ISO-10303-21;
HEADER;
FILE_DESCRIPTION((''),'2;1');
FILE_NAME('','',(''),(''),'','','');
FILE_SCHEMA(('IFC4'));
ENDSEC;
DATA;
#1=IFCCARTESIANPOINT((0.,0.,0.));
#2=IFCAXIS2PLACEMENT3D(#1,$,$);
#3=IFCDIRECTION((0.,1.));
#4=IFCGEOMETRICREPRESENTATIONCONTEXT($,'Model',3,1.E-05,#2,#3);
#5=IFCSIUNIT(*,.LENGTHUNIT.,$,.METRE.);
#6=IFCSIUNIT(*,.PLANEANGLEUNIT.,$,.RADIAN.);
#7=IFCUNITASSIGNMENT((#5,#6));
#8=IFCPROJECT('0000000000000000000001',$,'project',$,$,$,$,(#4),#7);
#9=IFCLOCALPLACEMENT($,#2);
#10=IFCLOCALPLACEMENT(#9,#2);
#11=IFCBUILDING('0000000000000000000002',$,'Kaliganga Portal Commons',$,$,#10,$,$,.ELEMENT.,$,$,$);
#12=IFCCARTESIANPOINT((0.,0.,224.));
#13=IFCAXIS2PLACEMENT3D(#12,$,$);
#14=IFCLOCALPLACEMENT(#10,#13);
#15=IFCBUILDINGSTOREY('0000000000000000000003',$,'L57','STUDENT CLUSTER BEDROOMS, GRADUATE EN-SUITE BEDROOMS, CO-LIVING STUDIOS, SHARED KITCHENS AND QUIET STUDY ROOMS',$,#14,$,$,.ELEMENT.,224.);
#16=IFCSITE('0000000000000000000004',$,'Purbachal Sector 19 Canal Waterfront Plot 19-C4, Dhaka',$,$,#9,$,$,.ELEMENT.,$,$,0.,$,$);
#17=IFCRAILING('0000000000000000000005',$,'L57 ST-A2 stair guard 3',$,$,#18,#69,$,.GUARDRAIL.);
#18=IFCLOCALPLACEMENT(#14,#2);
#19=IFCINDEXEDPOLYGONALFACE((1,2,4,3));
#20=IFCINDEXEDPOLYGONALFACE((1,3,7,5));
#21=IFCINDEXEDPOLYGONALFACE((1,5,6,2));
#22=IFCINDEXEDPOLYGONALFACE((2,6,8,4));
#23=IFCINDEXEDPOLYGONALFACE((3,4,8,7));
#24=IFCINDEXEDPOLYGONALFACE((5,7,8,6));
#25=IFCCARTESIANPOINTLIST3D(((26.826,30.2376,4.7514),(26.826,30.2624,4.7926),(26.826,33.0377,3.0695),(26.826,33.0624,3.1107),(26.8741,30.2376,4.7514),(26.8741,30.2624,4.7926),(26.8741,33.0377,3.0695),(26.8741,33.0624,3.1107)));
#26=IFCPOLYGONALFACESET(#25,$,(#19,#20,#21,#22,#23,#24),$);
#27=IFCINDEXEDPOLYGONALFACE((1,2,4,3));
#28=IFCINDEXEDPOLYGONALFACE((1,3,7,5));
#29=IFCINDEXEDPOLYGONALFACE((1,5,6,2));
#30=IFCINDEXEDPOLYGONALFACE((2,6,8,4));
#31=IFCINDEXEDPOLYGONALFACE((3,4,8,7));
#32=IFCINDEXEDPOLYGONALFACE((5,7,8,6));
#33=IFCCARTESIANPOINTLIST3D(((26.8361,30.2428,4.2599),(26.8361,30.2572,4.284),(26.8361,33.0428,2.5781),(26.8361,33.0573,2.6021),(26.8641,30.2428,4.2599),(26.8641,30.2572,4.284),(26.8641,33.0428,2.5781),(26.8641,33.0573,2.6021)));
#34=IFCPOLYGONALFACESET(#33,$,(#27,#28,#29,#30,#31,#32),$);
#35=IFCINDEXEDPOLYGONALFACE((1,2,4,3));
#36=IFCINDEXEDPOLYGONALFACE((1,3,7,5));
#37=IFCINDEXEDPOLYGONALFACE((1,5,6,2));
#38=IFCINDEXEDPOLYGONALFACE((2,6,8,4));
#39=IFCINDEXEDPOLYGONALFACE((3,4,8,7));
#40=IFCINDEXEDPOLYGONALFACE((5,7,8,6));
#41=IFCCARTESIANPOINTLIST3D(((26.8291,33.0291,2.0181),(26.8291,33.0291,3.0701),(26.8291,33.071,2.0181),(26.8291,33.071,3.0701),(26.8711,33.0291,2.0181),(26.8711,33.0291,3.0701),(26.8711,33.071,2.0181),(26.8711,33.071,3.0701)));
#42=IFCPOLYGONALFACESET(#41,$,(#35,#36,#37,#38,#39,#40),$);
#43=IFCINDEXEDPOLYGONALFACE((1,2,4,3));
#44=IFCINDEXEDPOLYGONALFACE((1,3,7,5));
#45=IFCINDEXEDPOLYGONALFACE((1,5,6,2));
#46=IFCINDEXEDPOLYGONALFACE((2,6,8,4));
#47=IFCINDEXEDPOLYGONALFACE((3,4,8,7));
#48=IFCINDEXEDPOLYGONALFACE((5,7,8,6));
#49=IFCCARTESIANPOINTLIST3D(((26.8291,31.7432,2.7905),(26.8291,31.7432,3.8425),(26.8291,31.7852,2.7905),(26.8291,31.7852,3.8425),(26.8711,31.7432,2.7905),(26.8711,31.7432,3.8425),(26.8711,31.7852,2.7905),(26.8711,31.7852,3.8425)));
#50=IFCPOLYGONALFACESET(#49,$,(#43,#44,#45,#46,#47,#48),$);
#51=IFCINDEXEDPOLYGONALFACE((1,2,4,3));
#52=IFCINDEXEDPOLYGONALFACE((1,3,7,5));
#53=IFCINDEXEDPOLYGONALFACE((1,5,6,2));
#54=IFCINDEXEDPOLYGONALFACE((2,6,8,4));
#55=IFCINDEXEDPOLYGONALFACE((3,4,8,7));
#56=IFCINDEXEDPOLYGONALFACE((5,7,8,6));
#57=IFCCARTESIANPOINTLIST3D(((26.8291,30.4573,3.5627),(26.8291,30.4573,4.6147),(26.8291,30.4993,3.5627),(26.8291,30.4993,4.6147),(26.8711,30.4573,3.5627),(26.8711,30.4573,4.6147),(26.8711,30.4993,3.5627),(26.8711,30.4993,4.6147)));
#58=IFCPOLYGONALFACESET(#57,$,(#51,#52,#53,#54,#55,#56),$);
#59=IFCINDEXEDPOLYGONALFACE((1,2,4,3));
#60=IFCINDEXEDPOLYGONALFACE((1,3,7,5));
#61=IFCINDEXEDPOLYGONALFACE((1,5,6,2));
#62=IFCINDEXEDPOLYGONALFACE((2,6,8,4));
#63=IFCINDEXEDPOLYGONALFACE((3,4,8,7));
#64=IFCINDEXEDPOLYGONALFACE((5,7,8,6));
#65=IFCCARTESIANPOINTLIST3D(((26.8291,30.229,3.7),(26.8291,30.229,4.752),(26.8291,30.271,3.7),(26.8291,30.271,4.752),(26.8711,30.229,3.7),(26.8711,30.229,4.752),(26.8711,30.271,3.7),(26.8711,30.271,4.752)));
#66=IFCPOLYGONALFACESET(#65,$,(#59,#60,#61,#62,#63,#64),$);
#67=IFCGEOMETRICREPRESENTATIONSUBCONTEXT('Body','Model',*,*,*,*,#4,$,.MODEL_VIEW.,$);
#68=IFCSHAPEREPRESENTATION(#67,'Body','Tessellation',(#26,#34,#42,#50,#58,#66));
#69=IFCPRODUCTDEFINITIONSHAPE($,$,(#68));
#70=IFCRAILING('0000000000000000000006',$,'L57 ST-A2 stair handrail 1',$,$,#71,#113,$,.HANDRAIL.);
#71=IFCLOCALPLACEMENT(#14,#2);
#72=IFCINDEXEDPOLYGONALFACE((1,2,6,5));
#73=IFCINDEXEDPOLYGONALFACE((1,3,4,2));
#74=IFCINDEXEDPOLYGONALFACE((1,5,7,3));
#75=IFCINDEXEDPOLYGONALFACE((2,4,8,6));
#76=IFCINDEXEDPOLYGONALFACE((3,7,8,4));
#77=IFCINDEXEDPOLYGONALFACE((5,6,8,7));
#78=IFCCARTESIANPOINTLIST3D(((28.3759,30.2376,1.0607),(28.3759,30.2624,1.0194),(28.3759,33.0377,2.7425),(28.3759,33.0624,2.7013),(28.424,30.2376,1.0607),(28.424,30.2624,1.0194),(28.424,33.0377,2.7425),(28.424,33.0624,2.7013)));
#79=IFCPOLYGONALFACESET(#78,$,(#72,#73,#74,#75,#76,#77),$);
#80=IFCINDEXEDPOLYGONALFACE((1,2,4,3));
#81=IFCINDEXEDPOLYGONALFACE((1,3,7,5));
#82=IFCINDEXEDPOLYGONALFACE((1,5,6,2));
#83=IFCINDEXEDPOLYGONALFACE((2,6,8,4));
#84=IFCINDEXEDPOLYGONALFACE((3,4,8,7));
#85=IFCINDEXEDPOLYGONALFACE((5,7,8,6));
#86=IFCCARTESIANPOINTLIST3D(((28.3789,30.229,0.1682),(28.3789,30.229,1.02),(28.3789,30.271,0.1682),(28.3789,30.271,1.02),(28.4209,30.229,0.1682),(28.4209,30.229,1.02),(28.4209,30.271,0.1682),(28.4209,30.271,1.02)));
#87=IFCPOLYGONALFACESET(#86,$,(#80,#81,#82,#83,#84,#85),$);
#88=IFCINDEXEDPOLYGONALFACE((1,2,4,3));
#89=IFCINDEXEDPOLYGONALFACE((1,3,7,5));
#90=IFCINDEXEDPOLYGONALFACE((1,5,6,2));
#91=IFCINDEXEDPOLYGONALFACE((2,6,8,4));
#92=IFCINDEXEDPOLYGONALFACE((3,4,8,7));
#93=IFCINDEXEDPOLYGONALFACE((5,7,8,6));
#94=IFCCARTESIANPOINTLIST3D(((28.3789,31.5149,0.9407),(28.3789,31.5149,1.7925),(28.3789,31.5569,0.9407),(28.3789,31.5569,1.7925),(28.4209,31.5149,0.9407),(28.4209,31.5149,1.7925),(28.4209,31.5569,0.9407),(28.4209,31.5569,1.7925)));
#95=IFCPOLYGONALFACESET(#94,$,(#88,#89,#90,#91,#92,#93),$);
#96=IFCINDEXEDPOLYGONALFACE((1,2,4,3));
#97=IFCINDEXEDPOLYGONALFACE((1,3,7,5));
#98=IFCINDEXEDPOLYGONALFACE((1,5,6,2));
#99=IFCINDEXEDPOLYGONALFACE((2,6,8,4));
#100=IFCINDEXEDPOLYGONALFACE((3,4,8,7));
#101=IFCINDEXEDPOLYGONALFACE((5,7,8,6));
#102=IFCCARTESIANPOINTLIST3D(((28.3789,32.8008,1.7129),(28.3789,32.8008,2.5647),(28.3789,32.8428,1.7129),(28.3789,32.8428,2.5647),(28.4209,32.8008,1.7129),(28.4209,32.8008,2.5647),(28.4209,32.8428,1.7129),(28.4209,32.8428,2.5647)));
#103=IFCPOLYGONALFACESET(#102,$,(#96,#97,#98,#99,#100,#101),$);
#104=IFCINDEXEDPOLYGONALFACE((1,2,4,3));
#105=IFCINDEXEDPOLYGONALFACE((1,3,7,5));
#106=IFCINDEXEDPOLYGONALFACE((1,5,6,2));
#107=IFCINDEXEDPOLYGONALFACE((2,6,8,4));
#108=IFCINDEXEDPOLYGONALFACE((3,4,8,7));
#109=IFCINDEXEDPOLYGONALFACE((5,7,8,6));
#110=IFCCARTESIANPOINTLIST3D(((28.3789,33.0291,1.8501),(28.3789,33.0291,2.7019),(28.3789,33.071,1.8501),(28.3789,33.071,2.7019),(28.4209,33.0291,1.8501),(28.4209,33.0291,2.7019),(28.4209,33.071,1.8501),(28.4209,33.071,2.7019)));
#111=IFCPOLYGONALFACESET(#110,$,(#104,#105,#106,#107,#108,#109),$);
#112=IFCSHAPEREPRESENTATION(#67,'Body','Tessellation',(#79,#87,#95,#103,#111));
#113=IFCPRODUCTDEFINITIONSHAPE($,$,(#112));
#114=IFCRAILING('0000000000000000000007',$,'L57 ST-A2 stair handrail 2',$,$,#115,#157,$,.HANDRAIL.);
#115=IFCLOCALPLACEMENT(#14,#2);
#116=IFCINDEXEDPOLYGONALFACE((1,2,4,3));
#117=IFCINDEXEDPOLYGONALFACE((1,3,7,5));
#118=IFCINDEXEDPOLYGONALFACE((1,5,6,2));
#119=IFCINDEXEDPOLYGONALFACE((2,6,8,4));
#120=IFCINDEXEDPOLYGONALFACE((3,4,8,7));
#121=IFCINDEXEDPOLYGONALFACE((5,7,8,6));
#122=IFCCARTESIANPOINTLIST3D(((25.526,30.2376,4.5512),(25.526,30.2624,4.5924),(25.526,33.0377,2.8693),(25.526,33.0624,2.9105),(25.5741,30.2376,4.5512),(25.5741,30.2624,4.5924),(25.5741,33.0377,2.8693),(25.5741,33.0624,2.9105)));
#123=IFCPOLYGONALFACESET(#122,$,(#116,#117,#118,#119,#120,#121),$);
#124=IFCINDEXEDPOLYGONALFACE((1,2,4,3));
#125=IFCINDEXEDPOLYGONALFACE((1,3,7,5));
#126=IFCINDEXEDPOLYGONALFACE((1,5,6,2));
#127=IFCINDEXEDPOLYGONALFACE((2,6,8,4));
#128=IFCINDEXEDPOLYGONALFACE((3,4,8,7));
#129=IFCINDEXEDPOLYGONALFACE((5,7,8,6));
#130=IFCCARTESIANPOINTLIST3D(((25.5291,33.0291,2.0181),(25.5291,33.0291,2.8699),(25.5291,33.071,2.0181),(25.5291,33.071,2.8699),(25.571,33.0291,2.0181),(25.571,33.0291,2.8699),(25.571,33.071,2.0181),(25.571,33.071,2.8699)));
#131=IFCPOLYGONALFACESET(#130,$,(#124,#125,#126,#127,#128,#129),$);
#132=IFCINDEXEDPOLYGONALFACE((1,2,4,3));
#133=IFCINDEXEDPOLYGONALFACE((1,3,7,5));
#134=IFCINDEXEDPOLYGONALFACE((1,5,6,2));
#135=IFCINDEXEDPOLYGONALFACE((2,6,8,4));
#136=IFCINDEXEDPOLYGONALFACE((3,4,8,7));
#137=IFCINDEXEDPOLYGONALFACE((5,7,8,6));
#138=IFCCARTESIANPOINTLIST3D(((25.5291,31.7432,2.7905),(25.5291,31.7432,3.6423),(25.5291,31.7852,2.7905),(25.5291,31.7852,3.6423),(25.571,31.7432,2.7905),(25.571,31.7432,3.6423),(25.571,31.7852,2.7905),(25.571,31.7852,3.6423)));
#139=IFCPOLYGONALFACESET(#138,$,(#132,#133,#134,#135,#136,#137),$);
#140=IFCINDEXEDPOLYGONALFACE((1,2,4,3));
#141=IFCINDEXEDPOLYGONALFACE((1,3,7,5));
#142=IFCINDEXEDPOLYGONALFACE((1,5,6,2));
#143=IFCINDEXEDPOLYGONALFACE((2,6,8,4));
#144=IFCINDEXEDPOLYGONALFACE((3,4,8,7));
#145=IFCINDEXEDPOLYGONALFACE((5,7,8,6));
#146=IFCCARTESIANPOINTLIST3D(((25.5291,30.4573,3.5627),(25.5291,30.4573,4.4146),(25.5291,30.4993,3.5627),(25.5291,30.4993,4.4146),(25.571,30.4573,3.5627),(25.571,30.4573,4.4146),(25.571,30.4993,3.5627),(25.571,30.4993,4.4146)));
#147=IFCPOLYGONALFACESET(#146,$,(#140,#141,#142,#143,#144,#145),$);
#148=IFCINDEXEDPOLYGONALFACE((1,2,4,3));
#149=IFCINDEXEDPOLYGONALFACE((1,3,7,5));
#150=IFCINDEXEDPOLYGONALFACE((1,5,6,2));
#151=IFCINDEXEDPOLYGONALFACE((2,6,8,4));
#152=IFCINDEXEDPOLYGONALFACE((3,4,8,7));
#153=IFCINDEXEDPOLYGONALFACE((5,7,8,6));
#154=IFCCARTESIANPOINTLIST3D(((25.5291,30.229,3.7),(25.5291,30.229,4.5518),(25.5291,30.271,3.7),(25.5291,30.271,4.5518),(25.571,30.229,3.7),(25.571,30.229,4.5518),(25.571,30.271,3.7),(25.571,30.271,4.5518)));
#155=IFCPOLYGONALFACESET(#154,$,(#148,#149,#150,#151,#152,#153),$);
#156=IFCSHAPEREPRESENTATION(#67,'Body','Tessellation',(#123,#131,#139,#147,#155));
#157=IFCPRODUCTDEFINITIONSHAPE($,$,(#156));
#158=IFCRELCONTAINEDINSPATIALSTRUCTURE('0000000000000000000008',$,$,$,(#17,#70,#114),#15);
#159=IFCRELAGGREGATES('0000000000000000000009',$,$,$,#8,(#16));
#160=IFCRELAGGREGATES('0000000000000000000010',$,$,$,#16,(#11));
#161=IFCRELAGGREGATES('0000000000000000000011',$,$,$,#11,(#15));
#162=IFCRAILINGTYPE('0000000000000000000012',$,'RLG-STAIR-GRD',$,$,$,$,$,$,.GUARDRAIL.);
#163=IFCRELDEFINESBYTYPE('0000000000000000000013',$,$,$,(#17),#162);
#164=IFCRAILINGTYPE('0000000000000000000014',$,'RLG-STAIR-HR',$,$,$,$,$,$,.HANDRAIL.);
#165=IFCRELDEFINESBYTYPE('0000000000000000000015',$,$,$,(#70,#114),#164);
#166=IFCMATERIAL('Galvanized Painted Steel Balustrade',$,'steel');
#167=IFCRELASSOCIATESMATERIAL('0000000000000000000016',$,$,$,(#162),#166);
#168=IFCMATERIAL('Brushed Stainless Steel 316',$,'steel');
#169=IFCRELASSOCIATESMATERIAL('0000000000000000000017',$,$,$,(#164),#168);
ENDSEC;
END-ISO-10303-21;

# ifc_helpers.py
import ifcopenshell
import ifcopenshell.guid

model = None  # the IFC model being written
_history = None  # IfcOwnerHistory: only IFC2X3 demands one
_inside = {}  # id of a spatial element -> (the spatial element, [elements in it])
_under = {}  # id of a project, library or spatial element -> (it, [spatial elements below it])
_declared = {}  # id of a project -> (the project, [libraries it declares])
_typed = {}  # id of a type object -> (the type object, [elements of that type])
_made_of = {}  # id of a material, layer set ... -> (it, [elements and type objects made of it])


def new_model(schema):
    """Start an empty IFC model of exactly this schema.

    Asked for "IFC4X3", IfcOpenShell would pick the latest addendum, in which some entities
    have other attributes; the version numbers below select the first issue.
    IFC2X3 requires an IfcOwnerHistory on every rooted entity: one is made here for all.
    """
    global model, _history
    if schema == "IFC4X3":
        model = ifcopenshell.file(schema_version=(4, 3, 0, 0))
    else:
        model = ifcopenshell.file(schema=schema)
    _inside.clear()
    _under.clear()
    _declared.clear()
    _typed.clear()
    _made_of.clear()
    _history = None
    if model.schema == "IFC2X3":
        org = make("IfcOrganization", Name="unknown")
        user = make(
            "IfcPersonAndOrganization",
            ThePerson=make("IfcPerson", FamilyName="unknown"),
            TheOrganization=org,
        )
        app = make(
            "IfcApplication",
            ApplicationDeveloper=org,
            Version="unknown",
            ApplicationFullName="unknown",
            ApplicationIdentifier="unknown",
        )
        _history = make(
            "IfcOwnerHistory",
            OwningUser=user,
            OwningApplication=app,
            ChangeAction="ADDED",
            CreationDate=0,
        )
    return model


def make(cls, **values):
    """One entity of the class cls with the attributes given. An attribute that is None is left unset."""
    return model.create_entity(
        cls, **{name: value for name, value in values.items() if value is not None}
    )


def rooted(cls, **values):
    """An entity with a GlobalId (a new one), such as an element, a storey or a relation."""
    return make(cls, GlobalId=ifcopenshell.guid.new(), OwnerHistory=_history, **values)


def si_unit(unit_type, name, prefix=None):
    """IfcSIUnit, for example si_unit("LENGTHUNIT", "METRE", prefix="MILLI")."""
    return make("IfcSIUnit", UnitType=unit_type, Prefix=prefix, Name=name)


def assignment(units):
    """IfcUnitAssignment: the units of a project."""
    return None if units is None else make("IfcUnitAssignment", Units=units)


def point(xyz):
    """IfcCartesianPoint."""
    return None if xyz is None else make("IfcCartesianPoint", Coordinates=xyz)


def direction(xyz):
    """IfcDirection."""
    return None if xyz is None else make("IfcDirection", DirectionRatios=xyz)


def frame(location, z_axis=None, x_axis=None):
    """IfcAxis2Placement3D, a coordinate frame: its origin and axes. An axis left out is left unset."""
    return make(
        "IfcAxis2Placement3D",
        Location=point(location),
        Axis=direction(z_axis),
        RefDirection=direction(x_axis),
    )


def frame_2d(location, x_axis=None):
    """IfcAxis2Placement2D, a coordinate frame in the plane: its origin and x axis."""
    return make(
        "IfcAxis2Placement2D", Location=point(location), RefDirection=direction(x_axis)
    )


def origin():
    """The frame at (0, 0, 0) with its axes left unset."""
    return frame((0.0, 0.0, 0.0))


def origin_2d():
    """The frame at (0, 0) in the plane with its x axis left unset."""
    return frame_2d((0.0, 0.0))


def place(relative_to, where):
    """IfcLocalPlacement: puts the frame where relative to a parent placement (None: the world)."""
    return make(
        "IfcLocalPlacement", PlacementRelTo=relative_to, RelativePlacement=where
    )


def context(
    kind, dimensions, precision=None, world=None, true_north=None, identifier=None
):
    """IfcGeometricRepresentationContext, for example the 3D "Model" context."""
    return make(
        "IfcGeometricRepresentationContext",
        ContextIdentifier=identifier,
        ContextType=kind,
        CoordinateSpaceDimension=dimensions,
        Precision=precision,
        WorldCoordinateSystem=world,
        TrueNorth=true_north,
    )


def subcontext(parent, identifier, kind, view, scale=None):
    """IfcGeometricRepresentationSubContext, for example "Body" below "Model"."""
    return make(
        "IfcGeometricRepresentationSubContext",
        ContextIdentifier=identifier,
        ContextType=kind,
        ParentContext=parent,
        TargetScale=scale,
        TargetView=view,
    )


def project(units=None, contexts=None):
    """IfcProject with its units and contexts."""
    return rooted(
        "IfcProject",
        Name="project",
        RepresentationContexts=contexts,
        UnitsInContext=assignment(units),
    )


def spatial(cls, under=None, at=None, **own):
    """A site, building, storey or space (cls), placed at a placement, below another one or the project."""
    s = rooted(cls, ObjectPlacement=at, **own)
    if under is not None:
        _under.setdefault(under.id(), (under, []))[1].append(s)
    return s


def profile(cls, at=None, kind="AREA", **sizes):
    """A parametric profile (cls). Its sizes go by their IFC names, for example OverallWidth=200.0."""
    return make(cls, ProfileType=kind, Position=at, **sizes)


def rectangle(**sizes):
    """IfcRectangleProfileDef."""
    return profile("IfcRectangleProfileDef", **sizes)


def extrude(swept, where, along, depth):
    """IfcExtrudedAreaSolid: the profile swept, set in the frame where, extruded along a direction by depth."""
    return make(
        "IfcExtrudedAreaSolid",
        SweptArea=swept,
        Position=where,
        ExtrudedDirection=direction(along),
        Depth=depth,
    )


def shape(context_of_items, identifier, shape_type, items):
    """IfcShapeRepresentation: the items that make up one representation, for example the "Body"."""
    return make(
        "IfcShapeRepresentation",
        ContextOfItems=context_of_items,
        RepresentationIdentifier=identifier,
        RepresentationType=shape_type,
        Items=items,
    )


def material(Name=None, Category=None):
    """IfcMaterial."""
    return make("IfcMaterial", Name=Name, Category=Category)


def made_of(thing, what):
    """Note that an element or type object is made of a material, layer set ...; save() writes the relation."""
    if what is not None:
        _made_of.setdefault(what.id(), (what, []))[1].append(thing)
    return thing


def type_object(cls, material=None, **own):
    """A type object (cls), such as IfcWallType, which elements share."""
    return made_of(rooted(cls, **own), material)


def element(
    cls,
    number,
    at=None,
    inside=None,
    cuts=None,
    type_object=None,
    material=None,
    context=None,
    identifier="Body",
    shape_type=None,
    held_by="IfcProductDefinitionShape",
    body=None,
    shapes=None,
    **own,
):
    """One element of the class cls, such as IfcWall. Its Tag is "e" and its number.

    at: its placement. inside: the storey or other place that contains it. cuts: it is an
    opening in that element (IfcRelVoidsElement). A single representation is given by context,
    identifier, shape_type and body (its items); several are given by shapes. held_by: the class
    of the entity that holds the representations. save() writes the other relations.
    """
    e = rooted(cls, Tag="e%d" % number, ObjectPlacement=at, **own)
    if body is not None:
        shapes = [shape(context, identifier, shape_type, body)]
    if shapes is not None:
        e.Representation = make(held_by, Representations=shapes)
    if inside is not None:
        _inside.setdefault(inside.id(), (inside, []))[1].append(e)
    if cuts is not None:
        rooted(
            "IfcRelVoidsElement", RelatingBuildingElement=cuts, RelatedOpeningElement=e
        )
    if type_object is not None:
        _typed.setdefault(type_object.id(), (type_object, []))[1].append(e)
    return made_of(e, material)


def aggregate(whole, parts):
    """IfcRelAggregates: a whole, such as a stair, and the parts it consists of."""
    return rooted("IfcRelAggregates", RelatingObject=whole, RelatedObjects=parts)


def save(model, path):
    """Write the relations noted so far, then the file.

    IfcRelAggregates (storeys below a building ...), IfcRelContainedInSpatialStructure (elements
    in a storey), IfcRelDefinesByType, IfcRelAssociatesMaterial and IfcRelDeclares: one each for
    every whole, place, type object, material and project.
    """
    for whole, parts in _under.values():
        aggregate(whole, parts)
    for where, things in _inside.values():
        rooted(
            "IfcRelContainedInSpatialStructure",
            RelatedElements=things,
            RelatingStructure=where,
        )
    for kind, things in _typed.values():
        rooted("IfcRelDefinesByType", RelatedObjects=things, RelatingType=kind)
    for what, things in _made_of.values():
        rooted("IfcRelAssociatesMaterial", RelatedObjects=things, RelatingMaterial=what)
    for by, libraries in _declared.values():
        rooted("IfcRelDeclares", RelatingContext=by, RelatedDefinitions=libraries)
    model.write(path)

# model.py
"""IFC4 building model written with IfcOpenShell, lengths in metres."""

from ifc_helpers import new_model, si_unit, direction, frame, origin, origin_2d, place, context, subcontext, project, spatial, rectangle, extrude, material, type_object, element, save


model = new_model("IFC4")

# Units and contexts
model_context = context("Model", 3, precision=1e-05, world=origin(), true_north=direction((0.0, 1.0)))
body_context = subcontext(model_context, "Body", "Model", "MODEL_VIEW")
ifc_project = project(units=[si_unit("LENGTHUNIT", "METRE"), si_unit("PLANEANGLEUNIT", "RADIAN")], contexts=[model_context])

# Site, building, storey
site_placement = place(None, origin())
site = spatial("IfcSite", under=ifc_project, at=site_placement, Name="Purbachal Sector 19 Canal Waterfront Plot 19-C4, Dhaka", CompositionType="ELEMENT", RefElevation=0.0)
building_placement = place(site_placement, origin())
building = spatial("IfcBuilding", under=site, at=building_placement, Name="Kaliganga Portal Commons", CompositionType="ELEMENT")
storey_placement = place(building_placement, frame((0.0, 0.0, 224.0)))
storey = spatial("IfcBuildingStorey", under=building, at=storey_placement, Name="L57", Description="STUDENT CLUSTER BEDROOMS, GRADUATE EN-SUITE BEDROOMS, CO-LIVING STUDIOS, SHARED KITCHENS AND QUIET STUDY ROOMS", CompositionType="ELEMENT", Elevation=224.0)

# Railings
ifc_material_1 = material(Name="Galvanized Painted Steel Balustrade", Category="steel")
railing_type_1 = type_object("IfcRailingType", Name="RLG-STAIR-GRD", PredefinedType="GUARDRAIL", material=ifc_material_1)
railing_1_placement = place(storey_placement, frame((26.8501, 33.05, 2.0181)))
element("IfcRailing", 1, at=railing_1_placement, inside=storey, type_object=railing_type_1, Name="L57 ST-A2 stair guard 3", PredefinedType="GUARDRAIL", context=body_context, shape_type="SweptSolid", body=[
    extrude(rectangle(XDim=0.0481, YDim=0.0481, at=origin_2d()), frame((0.0, 0.0, 1.072), z_axis=(0.0, -0.857242, 0.514913), x_axis=(1.0, 0.0, 0.0)), (0.0, 0.0, 1.0), 3.2664),
    extrude(rectangle(XDim=0.0281, YDim=0.0281, at=origin_2d()), frame((0.0, 0.0, 0.572), z_axis=(0.0, -0.857242, 0.514913), x_axis=(1.0, 0.0, 0.0)), (0.0, 0.0, 1.0), 3.2664),
    extrude(rectangle(XDim=0.042, YDim=0.042, at=origin_2d()), origin(), (0.0, 0.0, 1.0), 1.052),
    extrude(rectangle(XDim=0.042, YDim=0.042, at=origin_2d()), frame((0.0, -1.2859, 0.7725)), (0.0, 0.0, 1.0), 1.052),
    extrude(rectangle(XDim=0.042, YDim=0.042, at=origin_2d()), frame((0.0, -2.5718, 1.5447)), (0.0, 0.0, 1.0), 1.052),
    extrude(rectangle(XDim=0.042, YDim=0.042, at=origin_2d()), frame((0.0, -2.8, 1.6819)), (0.0, 0.0, 1.0), 1.052),
])
ifc_material_2 = material(Name="Brushed Stainless Steel 316", Category="steel")
railing_type_2 = type_object("IfcRailingType", Name="RLG-STAIR-HR", PredefinedType="HANDRAIL", material=ifc_material_2)
railing_2_placement = place(storey_placement, frame((28.3999, 30.25, 0.1682)))
element("IfcRailing", 2, at=railing_2_placement, inside=storey, type_object=railing_type_2, Name="L57 ST-A2 stair handrail 1", PredefinedType="HANDRAIL", context=body_context, shape_type="SweptSolid", body=[
    extrude(rectangle(XDim=0.0481, YDim=0.0481, at=origin_2d()), frame((0.0, 0.0, 0.8718), z_axis=(0.0, 0.857242, 0.514913), x_axis=(-1.0, 0.0, 0.0)), (0.0, 0.0, 1.0), 3.2664),
    extrude(rectangle(XDim=0.042, YDim=0.042, at=origin_2d()), origin(), (0.0, 0.0, 1.0), 0.8518),
    extrude(rectangle(XDim=0.042, YDim=0.042, at=origin_2d()), frame((0.0, 1.2859, 0.7725)), (0.0, 0.0, 1.0), 0.8518),
    extrude(rectangle(XDim=0.042, YDim=0.042, at=origin_2d()), frame((0.0, 2.5718, 1.5447)), (0.0, 0.0, 1.0), 0.8518),
    extrude(rectangle(XDim=0.042, YDim=0.042, at=origin_2d()), frame((0.0, 2.8, 1.6819)), (0.0, 0.0, 1.0), 0.8518),
])
railing_3_placement = place(storey_placement, frame((25.55, 33.05, 2.0181)))
element("IfcRailing", 3, at=railing_3_placement, inside=storey, type_object=railing_type_2, Name="L57 ST-A2 stair handrail 2", PredefinedType="HANDRAIL", context=body_context, shape_type="SweptSolid", body=[
    extrude(rectangle(XDim=0.0481, YDim=0.0481, at=origin_2d()), frame((0.0, 0.0, 0.8718), z_axis=(0.0, -0.857242, 0.514913), x_axis=(1.0, 0.0, 0.0)), (0.0, 0.0, 1.0), 3.2664),
    extrude(rectangle(XDim=0.042, YDim=0.042, at=origin_2d()), origin(), (0.0, 0.0, 1.0), 0.8518),
    extrude(rectangle(XDim=0.042, YDim=0.042, at=origin_2d()), frame((0.0, -1.2859, 0.7725)), (0.0, 0.0, 1.0), 0.8518),
    extrude(rectangle(XDim=0.042, YDim=0.042, at=origin_2d()), frame((0.0, -2.5718, 1.5447)), (0.0, 0.0, 1.0), 0.8518),
    extrude(rectangle(XDim=0.042, YDim=0.042, at=origin_2d()), frame((0.0, -2.8, 1.6819)), (0.0, 0.0, 1.0), 0.8518),
])

save(model, "model.ifc")
